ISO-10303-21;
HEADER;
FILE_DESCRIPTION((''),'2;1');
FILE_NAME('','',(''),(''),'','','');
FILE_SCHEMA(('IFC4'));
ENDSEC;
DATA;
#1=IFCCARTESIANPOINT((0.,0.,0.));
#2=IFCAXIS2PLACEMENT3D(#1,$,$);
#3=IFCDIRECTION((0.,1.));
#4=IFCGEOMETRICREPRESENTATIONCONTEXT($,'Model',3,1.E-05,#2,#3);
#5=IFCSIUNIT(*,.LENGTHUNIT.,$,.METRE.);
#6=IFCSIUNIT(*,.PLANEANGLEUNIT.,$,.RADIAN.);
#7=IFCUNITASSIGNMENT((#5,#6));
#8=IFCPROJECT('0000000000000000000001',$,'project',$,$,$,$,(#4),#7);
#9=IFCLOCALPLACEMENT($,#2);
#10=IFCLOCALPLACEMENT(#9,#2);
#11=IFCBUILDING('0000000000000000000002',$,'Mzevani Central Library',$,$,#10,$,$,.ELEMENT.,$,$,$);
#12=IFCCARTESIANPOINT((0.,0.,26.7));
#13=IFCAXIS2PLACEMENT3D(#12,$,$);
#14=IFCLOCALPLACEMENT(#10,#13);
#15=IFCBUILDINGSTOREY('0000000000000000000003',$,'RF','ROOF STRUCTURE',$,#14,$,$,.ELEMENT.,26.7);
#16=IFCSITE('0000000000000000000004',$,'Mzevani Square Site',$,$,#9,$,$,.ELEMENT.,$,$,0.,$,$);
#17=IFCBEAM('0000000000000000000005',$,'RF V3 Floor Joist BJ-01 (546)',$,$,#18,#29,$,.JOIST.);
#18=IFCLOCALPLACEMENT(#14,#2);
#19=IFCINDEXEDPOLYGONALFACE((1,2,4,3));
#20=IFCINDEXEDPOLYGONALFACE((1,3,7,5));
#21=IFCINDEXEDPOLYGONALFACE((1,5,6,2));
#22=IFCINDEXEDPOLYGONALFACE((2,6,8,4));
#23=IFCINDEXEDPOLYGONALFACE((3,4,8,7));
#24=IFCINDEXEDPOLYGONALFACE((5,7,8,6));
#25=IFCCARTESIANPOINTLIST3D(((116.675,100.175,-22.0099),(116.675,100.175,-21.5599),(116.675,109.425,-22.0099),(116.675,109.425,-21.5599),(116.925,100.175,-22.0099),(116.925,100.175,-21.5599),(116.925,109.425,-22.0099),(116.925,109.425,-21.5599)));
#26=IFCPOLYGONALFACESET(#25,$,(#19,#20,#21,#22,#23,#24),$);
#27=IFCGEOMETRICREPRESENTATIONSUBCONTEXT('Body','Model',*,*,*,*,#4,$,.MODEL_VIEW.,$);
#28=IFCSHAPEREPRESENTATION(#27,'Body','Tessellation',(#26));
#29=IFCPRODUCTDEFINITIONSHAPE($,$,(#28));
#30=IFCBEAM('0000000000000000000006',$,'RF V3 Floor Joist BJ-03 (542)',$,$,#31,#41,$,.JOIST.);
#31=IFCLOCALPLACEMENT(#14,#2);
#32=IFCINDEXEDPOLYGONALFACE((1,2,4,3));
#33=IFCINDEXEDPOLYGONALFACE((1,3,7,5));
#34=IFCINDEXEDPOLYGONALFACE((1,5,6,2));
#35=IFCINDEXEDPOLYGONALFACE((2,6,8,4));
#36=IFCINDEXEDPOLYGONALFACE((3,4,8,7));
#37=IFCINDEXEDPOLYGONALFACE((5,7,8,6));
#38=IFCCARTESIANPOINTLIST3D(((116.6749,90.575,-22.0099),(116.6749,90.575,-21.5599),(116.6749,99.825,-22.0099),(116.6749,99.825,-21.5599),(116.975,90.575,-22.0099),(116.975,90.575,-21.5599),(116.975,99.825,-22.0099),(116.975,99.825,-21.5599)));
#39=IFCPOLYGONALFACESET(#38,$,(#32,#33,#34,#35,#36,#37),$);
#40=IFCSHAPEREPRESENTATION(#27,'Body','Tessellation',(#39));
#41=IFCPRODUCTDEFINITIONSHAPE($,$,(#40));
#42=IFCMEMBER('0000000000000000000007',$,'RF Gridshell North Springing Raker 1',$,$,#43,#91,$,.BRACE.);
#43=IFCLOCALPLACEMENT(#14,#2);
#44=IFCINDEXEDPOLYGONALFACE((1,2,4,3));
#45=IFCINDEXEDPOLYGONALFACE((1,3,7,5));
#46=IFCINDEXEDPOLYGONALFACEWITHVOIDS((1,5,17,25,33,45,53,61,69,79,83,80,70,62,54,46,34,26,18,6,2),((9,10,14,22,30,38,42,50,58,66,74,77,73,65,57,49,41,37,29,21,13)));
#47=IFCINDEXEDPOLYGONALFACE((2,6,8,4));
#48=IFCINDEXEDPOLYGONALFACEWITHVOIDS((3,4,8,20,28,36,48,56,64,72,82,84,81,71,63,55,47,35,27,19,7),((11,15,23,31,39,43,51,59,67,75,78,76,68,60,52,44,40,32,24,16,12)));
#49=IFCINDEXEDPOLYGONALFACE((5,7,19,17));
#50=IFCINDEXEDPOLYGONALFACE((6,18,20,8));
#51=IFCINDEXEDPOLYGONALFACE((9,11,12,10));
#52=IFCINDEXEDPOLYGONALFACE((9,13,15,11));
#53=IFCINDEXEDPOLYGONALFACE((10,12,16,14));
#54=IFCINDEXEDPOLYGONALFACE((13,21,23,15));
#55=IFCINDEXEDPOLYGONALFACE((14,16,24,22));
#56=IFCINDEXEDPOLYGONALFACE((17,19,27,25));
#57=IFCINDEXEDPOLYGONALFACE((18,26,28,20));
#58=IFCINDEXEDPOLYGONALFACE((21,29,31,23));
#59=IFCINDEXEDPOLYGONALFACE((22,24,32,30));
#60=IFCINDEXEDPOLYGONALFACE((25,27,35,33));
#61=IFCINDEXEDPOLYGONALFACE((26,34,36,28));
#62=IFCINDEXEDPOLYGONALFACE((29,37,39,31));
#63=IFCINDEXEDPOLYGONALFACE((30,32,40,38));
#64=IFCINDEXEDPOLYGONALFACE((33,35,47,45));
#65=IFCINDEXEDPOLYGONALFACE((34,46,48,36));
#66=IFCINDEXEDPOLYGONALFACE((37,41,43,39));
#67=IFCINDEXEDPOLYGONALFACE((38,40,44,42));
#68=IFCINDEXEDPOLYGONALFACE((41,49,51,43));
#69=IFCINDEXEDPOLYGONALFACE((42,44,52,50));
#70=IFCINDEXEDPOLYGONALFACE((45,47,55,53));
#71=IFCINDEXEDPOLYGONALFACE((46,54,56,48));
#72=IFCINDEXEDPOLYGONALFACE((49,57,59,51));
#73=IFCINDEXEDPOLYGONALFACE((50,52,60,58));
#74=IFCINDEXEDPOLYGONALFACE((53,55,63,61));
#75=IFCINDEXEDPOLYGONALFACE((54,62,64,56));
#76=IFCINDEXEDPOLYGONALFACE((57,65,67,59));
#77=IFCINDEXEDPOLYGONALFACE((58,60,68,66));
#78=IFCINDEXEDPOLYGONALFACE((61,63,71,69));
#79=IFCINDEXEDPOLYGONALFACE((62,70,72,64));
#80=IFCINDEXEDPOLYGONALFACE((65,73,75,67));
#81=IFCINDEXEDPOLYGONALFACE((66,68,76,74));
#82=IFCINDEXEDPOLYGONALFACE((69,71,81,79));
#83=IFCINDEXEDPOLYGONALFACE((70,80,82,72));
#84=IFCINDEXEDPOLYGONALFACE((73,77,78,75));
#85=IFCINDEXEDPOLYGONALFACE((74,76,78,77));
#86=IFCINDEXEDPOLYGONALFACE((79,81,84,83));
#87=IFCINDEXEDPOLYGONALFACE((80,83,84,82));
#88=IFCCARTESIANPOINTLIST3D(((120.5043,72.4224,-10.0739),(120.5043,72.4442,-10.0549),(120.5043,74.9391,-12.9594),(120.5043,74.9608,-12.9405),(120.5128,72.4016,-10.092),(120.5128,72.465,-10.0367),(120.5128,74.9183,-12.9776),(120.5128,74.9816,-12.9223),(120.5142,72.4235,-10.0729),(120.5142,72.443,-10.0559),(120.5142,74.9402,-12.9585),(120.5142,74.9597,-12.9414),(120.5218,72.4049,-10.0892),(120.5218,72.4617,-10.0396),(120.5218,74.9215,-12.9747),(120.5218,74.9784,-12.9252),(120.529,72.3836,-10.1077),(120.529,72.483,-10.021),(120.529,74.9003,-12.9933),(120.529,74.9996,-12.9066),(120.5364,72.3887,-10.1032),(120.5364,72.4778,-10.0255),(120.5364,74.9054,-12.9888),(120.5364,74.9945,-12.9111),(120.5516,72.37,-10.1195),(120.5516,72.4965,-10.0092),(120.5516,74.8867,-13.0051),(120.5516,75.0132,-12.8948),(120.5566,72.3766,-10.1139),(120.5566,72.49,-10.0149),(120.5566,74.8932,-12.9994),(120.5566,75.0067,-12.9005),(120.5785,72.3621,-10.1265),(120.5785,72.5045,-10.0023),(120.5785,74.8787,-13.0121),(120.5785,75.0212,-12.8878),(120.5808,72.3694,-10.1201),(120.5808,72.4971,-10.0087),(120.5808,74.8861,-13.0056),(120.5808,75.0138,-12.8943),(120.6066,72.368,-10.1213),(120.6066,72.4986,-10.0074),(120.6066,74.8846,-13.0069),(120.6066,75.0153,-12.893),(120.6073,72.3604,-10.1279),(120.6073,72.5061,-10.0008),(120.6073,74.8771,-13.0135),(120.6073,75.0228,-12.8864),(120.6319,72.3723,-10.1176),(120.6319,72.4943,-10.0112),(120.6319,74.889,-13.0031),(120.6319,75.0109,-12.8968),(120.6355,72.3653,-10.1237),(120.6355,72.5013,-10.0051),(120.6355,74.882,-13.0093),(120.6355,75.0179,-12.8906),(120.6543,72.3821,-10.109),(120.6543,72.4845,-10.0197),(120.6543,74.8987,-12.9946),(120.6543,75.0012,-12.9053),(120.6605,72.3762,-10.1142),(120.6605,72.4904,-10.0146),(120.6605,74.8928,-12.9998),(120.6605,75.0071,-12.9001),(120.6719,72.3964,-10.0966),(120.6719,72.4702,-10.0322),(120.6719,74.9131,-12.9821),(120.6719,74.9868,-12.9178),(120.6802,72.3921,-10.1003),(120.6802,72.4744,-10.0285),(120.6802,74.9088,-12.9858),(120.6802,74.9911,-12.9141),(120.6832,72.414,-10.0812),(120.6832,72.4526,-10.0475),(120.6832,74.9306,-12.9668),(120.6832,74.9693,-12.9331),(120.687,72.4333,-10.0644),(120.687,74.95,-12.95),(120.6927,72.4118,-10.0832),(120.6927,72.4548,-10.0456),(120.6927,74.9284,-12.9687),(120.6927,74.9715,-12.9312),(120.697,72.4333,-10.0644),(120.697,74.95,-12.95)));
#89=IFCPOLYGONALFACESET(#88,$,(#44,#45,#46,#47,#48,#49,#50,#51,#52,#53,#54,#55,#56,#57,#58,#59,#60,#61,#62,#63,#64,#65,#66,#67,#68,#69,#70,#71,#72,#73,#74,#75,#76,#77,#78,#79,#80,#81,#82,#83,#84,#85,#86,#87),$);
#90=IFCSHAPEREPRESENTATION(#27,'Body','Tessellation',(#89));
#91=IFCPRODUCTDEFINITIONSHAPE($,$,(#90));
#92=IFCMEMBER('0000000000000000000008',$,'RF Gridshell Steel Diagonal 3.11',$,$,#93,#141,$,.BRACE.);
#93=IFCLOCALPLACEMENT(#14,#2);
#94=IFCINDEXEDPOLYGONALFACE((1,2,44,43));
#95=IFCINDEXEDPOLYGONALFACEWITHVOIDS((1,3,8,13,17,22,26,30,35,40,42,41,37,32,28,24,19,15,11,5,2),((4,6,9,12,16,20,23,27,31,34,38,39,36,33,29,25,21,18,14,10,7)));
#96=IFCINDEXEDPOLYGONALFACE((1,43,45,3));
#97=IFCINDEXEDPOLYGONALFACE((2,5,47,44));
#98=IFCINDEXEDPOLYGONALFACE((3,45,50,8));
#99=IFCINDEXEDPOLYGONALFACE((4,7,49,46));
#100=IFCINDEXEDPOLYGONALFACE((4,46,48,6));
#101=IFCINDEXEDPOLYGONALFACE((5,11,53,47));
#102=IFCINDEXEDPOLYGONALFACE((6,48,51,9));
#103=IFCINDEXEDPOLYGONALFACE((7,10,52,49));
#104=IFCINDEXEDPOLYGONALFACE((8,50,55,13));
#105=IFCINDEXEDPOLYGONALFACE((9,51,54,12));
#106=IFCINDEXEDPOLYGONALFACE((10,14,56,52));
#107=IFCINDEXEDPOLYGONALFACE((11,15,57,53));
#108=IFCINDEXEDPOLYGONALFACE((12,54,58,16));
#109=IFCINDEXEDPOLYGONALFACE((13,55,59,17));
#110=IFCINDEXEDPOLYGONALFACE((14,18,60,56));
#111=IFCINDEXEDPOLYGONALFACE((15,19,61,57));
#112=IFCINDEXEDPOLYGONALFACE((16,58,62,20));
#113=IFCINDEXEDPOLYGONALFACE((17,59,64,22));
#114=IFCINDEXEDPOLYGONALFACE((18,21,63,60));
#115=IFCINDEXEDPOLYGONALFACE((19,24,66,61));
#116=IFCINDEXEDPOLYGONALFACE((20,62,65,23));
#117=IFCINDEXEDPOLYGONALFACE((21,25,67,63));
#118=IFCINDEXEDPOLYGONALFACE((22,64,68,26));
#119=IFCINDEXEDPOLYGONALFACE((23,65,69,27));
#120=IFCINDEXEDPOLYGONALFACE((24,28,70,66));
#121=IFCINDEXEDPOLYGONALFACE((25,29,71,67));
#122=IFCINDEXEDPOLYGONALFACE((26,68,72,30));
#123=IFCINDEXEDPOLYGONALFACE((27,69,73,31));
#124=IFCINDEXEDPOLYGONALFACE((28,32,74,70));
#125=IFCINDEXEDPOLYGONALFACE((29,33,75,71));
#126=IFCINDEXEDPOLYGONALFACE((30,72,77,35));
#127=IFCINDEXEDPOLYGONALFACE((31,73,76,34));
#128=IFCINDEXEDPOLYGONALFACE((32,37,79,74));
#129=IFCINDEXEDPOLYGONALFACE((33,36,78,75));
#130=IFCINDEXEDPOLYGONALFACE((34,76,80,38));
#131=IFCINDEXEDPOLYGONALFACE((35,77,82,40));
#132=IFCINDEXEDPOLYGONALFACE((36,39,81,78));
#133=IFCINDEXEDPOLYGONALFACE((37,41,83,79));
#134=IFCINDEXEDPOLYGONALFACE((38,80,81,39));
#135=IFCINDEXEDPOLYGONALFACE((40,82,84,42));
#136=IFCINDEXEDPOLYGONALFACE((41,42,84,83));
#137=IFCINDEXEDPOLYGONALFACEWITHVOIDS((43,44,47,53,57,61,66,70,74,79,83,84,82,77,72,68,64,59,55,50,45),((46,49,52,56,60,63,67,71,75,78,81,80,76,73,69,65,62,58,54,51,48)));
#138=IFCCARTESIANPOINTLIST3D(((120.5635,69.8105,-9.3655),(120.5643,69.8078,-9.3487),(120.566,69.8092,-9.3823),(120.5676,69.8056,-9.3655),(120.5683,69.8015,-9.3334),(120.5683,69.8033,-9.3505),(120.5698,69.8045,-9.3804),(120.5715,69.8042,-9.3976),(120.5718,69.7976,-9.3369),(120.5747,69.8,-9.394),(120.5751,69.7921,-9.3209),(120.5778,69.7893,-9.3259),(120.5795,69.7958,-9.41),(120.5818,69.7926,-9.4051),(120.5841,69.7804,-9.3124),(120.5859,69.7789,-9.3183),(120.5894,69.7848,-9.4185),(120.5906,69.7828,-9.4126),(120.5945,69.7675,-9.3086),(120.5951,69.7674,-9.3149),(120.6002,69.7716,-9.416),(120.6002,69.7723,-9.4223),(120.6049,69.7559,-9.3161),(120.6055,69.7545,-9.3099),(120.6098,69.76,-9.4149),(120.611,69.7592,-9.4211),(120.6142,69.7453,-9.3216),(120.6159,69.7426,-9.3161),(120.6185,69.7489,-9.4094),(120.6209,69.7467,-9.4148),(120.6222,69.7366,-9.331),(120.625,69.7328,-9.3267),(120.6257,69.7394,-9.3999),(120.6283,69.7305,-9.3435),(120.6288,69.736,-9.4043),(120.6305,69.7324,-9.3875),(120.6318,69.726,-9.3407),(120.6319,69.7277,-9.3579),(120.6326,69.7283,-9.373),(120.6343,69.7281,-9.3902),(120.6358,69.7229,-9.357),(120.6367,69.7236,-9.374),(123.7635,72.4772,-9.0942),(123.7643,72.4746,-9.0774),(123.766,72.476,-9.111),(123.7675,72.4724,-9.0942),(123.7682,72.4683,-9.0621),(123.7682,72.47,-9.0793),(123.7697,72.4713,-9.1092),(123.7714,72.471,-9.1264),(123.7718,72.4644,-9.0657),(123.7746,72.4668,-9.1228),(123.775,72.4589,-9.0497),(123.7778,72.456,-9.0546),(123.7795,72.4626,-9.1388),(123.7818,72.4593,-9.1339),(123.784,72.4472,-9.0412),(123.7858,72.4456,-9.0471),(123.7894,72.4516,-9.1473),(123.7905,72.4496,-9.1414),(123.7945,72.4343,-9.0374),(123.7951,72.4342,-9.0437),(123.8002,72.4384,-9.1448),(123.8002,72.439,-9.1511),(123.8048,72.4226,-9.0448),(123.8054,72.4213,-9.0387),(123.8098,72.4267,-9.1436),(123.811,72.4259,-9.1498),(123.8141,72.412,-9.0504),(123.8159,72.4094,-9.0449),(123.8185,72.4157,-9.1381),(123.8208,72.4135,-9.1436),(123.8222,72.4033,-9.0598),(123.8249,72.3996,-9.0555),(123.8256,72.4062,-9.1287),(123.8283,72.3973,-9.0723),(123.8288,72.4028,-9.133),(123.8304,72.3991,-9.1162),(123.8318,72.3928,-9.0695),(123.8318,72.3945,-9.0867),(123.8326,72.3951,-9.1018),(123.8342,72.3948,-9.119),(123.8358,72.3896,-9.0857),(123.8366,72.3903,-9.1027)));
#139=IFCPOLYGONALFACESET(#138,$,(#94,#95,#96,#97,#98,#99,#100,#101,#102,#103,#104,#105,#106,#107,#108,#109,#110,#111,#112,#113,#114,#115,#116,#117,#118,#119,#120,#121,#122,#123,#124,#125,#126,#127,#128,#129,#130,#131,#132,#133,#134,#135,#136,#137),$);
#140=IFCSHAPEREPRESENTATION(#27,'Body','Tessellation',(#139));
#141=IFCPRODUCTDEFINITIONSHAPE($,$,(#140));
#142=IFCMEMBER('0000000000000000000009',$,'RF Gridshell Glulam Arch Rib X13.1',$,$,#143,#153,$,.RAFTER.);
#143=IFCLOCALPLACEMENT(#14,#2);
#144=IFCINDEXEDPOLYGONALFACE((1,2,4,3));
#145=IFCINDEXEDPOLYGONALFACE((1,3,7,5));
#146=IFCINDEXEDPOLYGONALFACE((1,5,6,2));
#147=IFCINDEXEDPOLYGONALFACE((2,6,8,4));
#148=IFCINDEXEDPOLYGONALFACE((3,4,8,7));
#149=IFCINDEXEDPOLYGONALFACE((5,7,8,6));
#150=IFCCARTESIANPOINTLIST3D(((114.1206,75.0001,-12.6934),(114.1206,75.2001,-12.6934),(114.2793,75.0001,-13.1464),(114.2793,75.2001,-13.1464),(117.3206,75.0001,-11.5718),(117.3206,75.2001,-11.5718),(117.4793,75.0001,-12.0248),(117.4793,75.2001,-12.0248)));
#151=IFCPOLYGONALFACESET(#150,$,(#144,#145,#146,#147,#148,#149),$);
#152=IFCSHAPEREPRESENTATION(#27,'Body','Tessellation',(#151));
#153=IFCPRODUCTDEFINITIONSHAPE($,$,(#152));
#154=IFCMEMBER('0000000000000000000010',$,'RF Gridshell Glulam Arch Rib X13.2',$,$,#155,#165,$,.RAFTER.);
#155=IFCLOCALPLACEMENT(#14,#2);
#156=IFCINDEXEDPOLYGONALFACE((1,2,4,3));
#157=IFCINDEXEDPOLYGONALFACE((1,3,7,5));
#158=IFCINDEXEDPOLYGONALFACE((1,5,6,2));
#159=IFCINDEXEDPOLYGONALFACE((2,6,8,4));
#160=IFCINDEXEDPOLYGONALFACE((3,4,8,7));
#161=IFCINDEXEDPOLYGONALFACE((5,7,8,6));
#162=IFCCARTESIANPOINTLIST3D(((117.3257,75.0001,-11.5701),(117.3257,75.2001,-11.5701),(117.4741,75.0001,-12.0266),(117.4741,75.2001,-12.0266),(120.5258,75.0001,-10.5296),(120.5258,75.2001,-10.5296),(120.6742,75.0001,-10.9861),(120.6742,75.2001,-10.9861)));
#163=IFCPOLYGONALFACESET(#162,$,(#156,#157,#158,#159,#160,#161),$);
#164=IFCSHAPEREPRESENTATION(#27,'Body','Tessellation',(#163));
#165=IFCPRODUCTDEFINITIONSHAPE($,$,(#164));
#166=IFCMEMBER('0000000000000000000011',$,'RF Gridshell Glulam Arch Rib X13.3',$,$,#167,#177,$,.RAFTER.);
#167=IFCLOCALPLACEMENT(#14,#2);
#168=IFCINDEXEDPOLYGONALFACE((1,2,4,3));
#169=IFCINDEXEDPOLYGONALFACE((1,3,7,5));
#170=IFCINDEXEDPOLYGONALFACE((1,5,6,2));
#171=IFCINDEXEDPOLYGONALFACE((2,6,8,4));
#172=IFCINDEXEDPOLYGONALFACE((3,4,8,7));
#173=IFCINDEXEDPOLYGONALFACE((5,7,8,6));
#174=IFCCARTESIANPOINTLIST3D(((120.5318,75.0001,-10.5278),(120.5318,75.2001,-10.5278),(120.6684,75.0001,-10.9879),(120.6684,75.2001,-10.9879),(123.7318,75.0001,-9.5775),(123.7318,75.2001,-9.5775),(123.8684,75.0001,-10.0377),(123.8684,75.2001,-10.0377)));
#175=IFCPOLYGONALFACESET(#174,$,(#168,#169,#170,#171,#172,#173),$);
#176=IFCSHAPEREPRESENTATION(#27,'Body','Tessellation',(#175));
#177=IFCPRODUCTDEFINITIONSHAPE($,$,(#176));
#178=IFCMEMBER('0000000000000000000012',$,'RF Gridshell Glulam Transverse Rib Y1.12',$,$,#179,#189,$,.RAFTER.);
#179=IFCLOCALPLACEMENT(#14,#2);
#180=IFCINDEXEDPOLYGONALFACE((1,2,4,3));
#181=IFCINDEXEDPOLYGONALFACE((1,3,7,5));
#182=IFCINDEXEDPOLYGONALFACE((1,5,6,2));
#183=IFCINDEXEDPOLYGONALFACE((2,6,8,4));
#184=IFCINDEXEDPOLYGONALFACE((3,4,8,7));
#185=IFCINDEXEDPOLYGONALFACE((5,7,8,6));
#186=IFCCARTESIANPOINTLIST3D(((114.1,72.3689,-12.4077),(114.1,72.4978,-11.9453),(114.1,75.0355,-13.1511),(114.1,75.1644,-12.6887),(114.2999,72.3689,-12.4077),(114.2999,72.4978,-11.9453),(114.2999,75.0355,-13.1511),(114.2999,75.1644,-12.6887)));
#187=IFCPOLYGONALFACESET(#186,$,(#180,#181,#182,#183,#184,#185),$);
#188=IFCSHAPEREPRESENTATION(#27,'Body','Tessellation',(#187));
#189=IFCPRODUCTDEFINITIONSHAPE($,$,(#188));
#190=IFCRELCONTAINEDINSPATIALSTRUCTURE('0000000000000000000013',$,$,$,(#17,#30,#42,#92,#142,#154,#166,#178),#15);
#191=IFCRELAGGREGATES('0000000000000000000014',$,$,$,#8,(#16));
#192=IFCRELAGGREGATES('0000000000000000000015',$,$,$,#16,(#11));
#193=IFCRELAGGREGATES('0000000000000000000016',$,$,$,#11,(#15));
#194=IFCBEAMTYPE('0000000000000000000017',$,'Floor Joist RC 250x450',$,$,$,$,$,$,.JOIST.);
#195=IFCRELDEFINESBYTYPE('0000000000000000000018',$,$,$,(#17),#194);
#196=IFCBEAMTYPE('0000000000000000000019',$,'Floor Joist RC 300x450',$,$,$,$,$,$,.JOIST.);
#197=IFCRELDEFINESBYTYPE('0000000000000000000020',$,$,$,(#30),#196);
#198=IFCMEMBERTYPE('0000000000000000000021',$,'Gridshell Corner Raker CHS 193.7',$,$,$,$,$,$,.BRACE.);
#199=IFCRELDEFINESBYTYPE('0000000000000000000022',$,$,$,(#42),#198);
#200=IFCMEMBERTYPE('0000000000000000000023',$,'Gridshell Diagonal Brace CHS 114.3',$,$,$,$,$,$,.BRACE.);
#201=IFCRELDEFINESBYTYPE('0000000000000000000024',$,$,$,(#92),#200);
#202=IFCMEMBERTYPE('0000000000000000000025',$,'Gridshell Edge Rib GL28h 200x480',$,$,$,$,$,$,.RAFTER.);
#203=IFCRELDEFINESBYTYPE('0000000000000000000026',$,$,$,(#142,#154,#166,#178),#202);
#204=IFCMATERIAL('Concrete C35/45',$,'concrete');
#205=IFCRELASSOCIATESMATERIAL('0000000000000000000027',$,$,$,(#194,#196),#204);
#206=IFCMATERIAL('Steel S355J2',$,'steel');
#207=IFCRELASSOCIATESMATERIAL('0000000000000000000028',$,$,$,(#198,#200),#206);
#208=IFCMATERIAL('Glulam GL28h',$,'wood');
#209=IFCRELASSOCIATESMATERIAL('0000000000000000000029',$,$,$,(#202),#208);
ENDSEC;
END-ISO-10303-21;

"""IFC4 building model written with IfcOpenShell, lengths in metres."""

from ifc_helpers import new_model, si_unit, direction, frame, origin, origin_2d, place, context, subcontext, project, spatial, rectangle, hollow_circle, extrude, material, material_profile, profile_set, type_object, element, save


model = new_model("IFC4")

# Units and contexts
model_context = context("Model", 3, precision=1e-05, world=origin(), true_north=direction((0.0, 1.0)))
body_context = subcontext(model_context, "Body", "Model", "MODEL_VIEW")
ifc_project = project(units=[si_unit("LENGTHUNIT", "METRE"), si_unit("PLANEANGLEUNIT", "RADIAN")], contexts=[model_context])

# Site, building, storey
site_placement = place(None, origin())
site = spatial("IfcSite", under=ifc_project, at=site_placement, Name="Mzevani Square Site", CompositionType="ELEMENT", RefElevation=0.0)
building_placement = place(site_placement, origin())
building = spatial("IfcBuilding", under=site, at=building_placement, Name="Mzevani Central Library", CompositionType="ELEMENT")
storey_placement = place(building_placement, frame((0.0, 0.0, 26.7)))
storey = spatial("IfcBuildingStorey", under=building, at=storey_placement, Name="RF", Description="ROOF STRUCTURE", CompositionType="ELEMENT", Elevation=26.7)

# Beams
ifc_material_1 = material(Name="Concrete C35/45", Category="concrete")
ifc_material_profile_1 = material_profile(ifc_material_1, rectangle(XDim=0.25, YDim=0.45, at=origin_2d()), Name="RC J250x450")
ifc_profile_set_1 = profile_set([ifc_material_profile_1], Name="Concrete C35/45")
beam_type_1 = type_object("IfcBeamType", Name="Floor Joist RC 250x450", PredefinedType="JOIST", material=ifc_profile_set_1)
beam_1_placement = place(storey_placement, frame((116.8, 100.175, -21.7849), z_axis=(0.0, 1.0, 0.0), x_axis=(-1.0, 0.0, 0.0)))
element("IfcBeam", 1, at=beam_1_placement, inside=storey, type_object=beam_type_1, Name="RF V3 Floor Joist BJ-01 (546)", PredefinedType="JOIST", context=body_context, shape_type="SweptSolid", body=[
    extrude(rectangle(XDim=0.25, YDim=0.45, at=origin_2d()), origin(), (0.0, 0.0, 1.0), 9.25),
])
ifc_material_profile_2 = material_profile(ifc_material_1, rectangle(XDim=0.3, YDim=0.45, at=origin_2d()), Name="RC J300x450")
ifc_profile_set_2 = profile_set([ifc_material_profile_2], Name="Concrete C35/45")
beam_type_2 = type_object("IfcBeamType", Name="Floor Joist RC 300x450", PredefinedType="JOIST", material=ifc_profile_set_2)
beam_2_placement = place(storey_placement, frame((116.825, 90.575, -21.7849), z_axis=(0.0, 1.0, 0.0), x_axis=(-1.0, 0.0, 0.0)))
element("IfcBeam", 2, at=beam_2_placement, inside=storey, type_object=beam_type_2, Name="RF V3 Floor Joist BJ-03 (542)", PredefinedType="JOIST", context=body_context, shape_type="SweptSolid", body=[
    extrude(rectangle(XDim=0.3, YDim=0.45, at=origin_2d()), origin(), (0.0, 0.0, 1.0), 9.25),
])

# Members
ifc_material_2 = material(Name="Steel S355J2", Category="steel")
ifc_material_profile_3 = material_profile(ifc_material_2, hollow_circle(Radius=0.0969, WallThickness=0.01, at=origin_2d()), Name="CHS 193.7x10.0")
ifc_profile_set_3 = profile_set([ifc_material_profile_3], Name="Steel S355J2")
member_type_1 = type_object("IfcMemberType", Name="Gridshell Corner Raker CHS 193.7", PredefinedType="BRACE", material=ifc_profile_set_3)
member_1_placement = place(storey_placement, frame((120.6001, 74.95, -12.95), z_axis=(0.0, -0.657289, 0.753638), x_axis=(1.0, 0.0, 0.0)))
element("IfcMember", 3, at=member_1_placement, inside=storey, type_object=member_type_1, Name="RF Gridshell North Springing Raker 1", PredefinedType="BRACE", context=body_context, shape_type="SweptSolid", body=[
    extrude(hollow_circle(Radius=0.0969, WallThickness=0.01, at=origin_2d()), origin(), (0.0, 0.0, 1.0), 3.8289),
])
ifc_material_profile_4 = material_profile(ifc_material_2, hollow_circle(Radius=0.0571, WallThickness=0.0063, at=origin_2d()), Name="CHS 114.3x6.3")
ifc_profile_set_4 = profile_set([ifc_material_profile_4], Name="Steel S355J2")
member_type_2 = type_object("IfcMemberType", Name="Gridshell Diagonal Brace CHS 114.3", PredefinedType="BRACE", material=ifc_profile_set_4)
member_2_placement = place(storey_placement, frame((120.6001, 69.7666, -9.3655), z_axis=(0.766583, 0.638849, 0.064979), x_axis=(-0.640202, 0.768207, 0.0)))
element("IfcMember", 4, at=member_2_placement, inside=storey, type_object=member_type_2, Name="RF Gridshell Steel Diagonal 3.11", PredefinedType="BRACE", context=body_context, shape_type="SweptSolid", body=[
    extrude(hollow_circle(Radius=0.0571, WallThickness=0.0063, at=origin_2d()), origin(), (0.0, 0.0, 1.0), 4.1743),
])
ifc_material_3 = material(Name="Glulam GL28h", Category="wood")
ifc_material_profile_5 = material_profile(ifc_material_3, rectangle(XDim=0.2, YDim=0.48, at=origin_2d()), Name="GL28h 200x480")
ifc_profile_set_5 = profile_set([ifc_material_profile_5], Name="Glulam GL28h")
member_type_3 = type_object("IfcMemberType", Name="Gridshell Edge Rib GL28h 200x480", PredefinedType="RAFTER", material=ifc_profile_set_5)
member_3_placement = place(storey_placement, frame((114.2, 75.1001, -12.9199), z_axis=(0.943711, 0.0, 0.330771), x_axis=(0.0, 1.0, 0.0)))
element("IfcMember", 5, at=member_3_placement, inside=storey, type_object=member_type_3, Name="RF Gridshell Glulam Arch Rib X13.1", PredefinedType="RAFTER", context=body_context, shape_type="SweptSolid", body=[
    extrude(rectangle(XDim=0.2, YDim=0.48, at=origin_2d()), origin(), (0.0, 0.0, 1.0), 3.3909),
])
member_4_placement = place(storey_placement, frame((117.3999, 75.1001, -11.7983), z_axis=(0.950994, 0.0, 0.309211), x_axis=(0.0, 1.0, 0.0)))
element("IfcMember", 6, at=member_4_placement, inside=storey, type_object=member_type_3, Name="RF Gridshell Glulam Arch Rib X13.2", PredefinedType="RAFTER", context=body_context, shape_type="SweptSolid", body=[
    extrude(rectangle(XDim=0.2, YDim=0.48, at=origin_2d()), origin(), (0.0, 0.0, 1.0), 3.365),
])
member_5_placement = place(storey_placement, frame((120.6001, 75.1001, -10.7578), z_axis=(0.95863, 0.0, 0.284656), x_axis=(0.0, 1.0, 0.0)))
element("IfcMember", 7, at=member_5_placement, inside=storey, type_object=member_type_3, Name="RF Gridshell Glulam Arch Rib X13.3", PredefinedType="RAFTER", context=body_context, shape_type="SweptSolid", body=[
    extrude(rectangle(XDim=0.2, YDim=0.48, at=origin_2d()), origin(), (0.0, 0.0, 1.0), 3.3381),
])
member_6_placement = place(storey_placement, frame((114.2, 72.4333, -12.1765), z_axis=(0.0, 0.963271, -0.268531), x_axis=(-1.0, 0.0, 0.0)))
element("IfcMember", 8, at=member_6_placement, inside=storey, type_object=member_type_3, Name="RF Gridshell Glulam Transverse Rib Y1.12", PredefinedType="RAFTER", context=body_context, shape_type="SweptSolid", body=[
    extrude(rectangle(XDim=0.2, YDim=0.48, at=origin_2d()), origin(), (0.0, 0.0, 1.0), 2.7683),
])

save(model, "model.ifc")
